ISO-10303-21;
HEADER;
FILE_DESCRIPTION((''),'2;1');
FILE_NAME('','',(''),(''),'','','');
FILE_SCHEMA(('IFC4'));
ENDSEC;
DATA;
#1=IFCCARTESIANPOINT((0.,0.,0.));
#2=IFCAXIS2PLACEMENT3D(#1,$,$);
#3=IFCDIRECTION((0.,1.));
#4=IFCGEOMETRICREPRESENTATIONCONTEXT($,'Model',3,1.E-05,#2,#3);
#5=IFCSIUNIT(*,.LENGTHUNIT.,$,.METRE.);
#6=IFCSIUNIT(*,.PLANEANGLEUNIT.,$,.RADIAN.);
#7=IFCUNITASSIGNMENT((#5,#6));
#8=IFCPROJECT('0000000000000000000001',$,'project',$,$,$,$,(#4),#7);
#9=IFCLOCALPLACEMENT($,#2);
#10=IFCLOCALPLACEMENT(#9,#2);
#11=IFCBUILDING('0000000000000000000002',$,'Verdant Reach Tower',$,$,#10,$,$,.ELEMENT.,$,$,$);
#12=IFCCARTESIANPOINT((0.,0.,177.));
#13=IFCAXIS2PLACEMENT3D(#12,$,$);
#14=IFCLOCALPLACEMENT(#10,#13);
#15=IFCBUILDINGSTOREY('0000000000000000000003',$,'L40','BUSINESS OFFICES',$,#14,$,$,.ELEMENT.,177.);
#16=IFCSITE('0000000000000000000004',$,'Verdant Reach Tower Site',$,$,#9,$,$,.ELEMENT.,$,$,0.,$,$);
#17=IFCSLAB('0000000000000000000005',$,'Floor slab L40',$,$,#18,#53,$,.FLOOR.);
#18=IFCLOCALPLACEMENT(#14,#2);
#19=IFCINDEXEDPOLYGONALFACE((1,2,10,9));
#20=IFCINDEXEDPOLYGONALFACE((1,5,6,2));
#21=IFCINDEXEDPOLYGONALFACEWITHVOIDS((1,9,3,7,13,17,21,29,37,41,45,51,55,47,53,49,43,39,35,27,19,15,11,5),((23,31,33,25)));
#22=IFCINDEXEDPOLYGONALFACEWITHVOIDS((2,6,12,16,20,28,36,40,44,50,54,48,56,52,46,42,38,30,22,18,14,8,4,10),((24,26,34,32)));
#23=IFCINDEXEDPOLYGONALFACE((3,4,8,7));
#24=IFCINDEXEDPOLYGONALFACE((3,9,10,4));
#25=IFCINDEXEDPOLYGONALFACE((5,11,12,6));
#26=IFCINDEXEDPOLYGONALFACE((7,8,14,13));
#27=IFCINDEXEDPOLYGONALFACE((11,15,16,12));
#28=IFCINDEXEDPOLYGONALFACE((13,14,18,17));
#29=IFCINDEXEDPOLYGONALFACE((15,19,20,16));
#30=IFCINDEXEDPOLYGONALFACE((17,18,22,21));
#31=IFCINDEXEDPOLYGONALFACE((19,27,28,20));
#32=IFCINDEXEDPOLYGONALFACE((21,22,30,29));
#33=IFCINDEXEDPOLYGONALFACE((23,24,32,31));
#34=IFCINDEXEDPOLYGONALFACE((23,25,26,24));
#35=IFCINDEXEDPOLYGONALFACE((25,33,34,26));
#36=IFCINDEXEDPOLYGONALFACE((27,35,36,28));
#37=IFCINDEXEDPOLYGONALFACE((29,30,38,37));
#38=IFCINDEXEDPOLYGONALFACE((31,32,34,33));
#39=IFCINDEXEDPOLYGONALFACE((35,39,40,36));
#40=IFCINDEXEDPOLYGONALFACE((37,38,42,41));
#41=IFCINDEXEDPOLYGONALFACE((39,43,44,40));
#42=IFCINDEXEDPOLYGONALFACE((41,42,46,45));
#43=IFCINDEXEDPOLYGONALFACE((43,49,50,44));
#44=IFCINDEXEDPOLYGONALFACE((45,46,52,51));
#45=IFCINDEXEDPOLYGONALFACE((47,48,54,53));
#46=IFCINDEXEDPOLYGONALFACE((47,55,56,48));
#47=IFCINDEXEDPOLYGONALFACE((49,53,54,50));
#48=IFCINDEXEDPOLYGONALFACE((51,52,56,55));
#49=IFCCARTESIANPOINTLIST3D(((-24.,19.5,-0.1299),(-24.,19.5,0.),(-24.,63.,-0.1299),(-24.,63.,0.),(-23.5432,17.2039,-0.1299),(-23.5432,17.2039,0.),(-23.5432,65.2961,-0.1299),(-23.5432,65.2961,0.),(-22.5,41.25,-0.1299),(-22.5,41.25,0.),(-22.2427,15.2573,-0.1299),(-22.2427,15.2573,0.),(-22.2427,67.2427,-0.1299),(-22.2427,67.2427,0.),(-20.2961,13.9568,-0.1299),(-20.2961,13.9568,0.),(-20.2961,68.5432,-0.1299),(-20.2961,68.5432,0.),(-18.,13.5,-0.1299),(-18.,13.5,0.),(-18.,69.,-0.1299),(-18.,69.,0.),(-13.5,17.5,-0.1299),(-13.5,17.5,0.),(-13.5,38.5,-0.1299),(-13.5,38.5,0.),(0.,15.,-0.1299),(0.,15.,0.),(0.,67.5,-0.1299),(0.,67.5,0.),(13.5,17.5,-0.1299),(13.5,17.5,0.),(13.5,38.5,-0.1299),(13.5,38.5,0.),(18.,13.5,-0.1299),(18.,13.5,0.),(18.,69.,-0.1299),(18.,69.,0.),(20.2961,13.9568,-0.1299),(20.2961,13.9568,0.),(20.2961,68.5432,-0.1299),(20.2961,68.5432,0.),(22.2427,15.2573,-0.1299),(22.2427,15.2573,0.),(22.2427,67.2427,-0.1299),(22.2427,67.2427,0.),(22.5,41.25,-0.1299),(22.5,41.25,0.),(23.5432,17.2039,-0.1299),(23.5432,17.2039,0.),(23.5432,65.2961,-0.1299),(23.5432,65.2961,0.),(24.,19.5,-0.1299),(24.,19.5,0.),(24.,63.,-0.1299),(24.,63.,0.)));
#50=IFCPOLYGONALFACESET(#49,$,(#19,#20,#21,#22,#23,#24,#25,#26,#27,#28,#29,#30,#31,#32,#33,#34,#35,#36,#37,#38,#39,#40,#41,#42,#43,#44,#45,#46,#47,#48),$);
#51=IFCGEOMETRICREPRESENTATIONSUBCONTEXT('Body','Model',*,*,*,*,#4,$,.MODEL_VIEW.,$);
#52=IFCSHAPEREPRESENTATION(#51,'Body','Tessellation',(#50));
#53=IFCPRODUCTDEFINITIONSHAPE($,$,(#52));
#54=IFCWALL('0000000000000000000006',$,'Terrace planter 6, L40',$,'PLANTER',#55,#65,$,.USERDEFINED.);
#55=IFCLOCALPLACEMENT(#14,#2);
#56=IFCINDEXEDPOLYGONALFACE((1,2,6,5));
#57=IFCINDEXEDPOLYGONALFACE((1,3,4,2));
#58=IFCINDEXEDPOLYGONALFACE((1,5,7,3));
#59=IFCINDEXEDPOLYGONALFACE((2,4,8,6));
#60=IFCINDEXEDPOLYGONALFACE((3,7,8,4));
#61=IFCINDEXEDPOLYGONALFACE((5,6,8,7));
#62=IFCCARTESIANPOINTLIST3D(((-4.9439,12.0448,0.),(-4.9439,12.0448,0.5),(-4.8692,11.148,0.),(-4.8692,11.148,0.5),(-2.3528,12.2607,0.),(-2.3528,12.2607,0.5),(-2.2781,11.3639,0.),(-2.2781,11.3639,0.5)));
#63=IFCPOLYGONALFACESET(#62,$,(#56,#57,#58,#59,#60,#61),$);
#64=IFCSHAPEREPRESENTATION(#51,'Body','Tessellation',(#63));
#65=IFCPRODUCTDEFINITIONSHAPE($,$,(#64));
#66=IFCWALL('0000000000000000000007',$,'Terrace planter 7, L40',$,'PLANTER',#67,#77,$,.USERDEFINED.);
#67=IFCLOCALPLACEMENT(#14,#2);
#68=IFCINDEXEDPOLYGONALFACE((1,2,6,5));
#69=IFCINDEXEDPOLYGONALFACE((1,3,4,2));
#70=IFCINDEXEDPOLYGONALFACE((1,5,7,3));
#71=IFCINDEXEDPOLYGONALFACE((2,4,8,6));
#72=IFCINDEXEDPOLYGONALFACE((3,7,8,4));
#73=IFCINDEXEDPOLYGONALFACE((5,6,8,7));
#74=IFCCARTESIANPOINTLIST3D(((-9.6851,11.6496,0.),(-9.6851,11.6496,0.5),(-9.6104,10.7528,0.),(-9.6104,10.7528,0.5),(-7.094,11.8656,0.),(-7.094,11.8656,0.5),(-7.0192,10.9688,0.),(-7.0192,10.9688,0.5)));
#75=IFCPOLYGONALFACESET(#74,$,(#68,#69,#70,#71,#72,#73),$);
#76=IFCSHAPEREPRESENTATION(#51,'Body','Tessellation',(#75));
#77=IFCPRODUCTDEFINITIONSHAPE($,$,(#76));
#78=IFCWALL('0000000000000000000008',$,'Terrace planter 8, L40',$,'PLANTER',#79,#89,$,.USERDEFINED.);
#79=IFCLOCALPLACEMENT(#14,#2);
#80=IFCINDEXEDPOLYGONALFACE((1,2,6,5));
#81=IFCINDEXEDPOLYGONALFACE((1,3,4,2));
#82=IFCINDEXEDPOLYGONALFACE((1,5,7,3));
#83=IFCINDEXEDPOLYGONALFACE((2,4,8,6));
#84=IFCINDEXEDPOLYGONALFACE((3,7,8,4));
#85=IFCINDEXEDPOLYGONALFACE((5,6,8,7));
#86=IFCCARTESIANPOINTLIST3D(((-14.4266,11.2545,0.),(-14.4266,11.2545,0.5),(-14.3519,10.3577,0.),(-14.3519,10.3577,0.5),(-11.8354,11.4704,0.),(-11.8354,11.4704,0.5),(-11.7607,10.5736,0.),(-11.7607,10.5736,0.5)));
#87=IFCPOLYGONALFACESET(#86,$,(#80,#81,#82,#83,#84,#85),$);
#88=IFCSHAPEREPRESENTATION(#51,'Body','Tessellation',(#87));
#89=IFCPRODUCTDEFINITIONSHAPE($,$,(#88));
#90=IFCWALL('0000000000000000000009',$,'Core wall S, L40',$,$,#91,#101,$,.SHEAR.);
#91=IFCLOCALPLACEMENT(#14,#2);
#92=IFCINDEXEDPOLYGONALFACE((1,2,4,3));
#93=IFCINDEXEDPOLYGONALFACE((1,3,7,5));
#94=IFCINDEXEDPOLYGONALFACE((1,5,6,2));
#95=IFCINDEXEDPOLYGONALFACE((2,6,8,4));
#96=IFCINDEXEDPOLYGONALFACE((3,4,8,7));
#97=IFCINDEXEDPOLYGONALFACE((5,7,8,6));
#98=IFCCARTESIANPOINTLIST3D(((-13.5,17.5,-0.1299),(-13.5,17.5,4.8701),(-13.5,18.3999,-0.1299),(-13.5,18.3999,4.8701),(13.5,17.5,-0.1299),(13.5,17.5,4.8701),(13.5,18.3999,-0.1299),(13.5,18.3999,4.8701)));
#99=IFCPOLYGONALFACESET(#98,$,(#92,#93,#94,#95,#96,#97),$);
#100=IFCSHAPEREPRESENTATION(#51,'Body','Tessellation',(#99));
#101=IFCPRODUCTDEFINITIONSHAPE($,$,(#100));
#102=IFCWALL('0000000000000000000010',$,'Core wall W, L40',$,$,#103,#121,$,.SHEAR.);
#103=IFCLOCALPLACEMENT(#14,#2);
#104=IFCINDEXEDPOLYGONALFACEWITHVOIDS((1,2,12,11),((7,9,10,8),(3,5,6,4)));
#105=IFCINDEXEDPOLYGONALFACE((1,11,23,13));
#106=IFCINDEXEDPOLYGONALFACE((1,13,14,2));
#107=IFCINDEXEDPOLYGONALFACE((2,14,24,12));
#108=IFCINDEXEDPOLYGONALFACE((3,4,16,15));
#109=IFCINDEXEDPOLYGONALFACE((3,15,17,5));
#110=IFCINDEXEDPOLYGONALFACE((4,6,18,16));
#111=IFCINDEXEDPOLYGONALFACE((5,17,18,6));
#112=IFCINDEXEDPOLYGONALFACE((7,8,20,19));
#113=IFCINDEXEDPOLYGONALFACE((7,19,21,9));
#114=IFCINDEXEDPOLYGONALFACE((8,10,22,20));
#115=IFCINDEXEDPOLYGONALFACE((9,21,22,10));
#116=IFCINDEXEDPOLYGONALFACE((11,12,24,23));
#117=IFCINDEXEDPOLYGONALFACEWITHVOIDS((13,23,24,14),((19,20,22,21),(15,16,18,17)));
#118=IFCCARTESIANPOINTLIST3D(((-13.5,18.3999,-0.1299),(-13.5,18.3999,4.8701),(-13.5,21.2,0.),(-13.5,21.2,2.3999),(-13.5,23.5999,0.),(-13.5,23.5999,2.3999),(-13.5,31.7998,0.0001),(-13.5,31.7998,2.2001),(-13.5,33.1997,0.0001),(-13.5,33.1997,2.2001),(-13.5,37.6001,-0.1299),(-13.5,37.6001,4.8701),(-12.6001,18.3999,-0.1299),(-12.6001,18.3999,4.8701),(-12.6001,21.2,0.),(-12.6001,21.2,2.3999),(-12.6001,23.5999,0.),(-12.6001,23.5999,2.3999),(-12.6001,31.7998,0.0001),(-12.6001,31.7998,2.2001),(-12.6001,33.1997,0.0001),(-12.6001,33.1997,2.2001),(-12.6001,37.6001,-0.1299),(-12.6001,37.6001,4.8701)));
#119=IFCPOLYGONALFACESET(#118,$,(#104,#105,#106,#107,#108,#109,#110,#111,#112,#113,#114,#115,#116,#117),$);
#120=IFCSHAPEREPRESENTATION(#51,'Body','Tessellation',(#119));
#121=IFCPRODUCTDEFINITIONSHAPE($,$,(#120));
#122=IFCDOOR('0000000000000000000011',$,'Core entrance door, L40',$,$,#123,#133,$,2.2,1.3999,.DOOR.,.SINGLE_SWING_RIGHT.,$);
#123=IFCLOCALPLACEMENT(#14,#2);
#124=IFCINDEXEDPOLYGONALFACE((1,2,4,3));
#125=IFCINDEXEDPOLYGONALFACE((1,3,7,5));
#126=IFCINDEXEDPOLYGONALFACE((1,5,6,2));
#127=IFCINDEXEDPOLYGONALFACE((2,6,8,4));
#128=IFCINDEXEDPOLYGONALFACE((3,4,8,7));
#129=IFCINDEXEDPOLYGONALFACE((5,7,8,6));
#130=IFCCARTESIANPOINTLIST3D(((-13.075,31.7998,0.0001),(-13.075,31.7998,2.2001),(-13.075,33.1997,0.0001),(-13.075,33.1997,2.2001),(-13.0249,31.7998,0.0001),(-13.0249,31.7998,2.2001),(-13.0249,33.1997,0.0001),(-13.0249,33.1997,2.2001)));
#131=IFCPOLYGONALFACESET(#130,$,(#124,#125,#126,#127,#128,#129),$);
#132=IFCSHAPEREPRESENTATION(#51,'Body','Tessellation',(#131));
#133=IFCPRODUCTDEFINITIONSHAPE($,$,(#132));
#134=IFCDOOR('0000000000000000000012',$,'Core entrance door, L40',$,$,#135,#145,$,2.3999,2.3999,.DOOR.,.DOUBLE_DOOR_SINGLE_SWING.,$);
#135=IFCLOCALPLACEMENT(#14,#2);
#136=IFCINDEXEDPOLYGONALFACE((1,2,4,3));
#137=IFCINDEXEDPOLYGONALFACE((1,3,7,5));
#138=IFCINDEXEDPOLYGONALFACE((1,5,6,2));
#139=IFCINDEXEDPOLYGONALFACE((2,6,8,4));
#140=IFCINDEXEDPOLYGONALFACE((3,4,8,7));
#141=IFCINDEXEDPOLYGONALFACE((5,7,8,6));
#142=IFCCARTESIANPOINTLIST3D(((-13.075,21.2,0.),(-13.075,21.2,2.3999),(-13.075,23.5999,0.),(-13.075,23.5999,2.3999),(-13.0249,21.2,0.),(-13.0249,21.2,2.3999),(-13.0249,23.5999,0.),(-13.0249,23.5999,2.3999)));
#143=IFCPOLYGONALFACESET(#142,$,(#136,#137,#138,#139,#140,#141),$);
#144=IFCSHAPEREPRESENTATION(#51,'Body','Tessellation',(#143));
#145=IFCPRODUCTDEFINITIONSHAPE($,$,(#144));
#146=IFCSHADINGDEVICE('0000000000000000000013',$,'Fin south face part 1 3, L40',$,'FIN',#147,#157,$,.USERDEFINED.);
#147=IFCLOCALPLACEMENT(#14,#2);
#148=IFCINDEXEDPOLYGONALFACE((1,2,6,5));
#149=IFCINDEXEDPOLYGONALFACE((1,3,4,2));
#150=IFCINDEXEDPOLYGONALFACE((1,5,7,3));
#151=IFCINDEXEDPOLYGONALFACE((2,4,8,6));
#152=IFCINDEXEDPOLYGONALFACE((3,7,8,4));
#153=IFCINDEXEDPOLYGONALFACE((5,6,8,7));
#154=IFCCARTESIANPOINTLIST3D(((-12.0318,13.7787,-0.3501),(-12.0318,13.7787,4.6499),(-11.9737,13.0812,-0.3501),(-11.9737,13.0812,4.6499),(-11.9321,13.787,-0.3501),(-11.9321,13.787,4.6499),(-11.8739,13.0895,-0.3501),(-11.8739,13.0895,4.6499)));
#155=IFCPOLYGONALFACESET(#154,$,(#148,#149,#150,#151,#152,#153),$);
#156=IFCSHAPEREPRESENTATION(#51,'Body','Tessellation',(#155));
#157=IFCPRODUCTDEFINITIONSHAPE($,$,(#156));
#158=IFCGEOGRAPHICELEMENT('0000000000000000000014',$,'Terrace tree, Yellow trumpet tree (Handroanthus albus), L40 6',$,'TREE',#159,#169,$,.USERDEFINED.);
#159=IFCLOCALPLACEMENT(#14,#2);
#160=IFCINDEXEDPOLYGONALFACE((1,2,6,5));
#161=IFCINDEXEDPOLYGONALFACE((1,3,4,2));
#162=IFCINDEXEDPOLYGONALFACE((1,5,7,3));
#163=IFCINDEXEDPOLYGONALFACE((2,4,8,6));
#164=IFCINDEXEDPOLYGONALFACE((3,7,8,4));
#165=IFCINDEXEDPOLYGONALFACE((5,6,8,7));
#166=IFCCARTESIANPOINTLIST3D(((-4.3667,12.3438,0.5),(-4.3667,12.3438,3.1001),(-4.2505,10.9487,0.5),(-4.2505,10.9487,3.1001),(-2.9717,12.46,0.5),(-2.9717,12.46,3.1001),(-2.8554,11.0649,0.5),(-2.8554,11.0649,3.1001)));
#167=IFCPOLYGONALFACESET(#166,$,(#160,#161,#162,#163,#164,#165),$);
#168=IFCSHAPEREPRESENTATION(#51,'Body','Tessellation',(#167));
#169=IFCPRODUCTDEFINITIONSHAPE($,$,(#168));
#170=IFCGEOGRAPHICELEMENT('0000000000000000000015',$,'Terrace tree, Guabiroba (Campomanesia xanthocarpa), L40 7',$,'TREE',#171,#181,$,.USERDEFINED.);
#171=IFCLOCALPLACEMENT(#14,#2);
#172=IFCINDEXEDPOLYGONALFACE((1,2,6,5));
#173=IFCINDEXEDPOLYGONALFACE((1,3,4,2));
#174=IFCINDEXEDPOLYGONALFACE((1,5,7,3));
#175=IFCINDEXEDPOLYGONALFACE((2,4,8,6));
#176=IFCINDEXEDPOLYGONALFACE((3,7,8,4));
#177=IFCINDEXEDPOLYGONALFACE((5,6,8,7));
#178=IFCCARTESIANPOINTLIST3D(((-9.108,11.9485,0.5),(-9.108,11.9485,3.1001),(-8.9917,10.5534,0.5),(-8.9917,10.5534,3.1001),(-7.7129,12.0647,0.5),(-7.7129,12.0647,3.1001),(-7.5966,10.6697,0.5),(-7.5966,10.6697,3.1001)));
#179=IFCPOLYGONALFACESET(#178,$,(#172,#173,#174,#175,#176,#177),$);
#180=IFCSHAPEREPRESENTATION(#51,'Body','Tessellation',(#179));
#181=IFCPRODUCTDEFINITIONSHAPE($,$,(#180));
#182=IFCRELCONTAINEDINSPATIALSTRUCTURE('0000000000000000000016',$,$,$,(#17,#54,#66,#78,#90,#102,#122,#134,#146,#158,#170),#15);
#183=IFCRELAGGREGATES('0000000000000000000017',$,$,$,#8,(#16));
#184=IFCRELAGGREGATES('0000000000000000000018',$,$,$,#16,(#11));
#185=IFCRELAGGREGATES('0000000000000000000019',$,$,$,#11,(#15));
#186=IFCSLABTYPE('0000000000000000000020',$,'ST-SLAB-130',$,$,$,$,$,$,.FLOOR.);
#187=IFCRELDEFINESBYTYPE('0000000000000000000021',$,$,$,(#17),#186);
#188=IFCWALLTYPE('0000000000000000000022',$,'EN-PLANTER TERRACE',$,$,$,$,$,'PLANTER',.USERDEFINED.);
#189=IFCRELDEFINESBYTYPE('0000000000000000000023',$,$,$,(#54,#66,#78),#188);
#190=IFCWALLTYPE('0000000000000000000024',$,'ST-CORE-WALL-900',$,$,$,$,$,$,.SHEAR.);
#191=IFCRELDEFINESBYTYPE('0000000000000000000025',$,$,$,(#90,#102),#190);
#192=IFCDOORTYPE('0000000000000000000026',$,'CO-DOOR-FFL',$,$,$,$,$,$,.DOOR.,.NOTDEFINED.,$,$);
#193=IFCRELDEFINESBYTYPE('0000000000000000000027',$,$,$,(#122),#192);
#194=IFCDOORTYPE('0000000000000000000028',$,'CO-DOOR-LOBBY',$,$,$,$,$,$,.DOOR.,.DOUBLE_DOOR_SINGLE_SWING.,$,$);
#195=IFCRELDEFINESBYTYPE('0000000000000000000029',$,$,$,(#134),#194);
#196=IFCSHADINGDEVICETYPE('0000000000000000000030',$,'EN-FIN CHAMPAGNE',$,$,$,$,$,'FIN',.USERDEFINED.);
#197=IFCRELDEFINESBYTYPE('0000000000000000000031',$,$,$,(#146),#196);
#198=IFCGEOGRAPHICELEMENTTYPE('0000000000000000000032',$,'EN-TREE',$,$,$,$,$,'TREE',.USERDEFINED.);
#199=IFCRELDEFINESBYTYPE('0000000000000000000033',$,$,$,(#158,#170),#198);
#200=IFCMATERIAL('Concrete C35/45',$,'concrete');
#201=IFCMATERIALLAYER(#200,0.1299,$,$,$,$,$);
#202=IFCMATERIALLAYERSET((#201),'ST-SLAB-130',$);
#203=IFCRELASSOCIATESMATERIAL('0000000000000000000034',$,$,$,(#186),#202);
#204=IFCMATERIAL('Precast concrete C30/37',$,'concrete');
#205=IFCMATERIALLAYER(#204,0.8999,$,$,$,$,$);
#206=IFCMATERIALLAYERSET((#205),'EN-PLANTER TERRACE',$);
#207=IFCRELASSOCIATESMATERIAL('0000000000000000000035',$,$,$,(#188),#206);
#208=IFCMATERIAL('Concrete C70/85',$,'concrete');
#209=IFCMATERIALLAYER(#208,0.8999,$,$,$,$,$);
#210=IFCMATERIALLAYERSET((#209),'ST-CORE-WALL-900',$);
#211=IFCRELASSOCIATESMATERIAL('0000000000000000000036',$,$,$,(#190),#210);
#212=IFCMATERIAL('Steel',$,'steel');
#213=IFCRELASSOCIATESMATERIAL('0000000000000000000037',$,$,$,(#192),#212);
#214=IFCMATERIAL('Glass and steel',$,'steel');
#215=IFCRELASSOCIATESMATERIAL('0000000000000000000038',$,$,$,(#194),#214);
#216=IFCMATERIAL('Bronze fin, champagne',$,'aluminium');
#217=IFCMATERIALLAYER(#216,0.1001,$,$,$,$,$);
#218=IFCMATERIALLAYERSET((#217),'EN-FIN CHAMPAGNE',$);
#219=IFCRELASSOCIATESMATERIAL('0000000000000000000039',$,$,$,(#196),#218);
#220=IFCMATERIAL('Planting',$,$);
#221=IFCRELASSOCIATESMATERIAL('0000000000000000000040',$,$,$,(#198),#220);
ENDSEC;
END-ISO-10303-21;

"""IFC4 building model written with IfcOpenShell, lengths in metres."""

from ifc_helpers import new_model, si_unit, direction, frame, frame_2d, origin, origin_2d, place, context, subcontext, project, spatial, polyline, rectangle, outline, extrude, material, layer, layer_set, type_object, element, fill, save


model = new_model("IFC4")

# Units and contexts
model_context = context("Model", 3, precision=1e-05, world=origin(), true_north=direction((0.0, 1.0)))
body_context = subcontext(model_context, "Body", "Model", "MODEL_VIEW")
ifc_project = project(units=[si_unit("LENGTHUNIT", "METRE"), si_unit("PLANEANGLEUNIT", "RADIAN")], contexts=[model_context])

# Site, building, storey
site_placement = place(None, origin())
site = spatial("IfcSite", under=ifc_project, at=site_placement, Name="Verdant Reach Tower Site", CompositionType="ELEMENT", RefElevation=0.0)
building_placement = place(site_placement, origin())
building = spatial("IfcBuilding", under=site, at=building_placement, Name="Verdant Reach Tower", CompositionType="ELEMENT")
storey_placement = place(building_placement, frame((0.0, 0.0, 177.0)))
storey = spatial("IfcBuildingStorey", under=building, at=storey_placement, Name="L40", Description="BUSINESS OFFICES", CompositionType="ELEMENT", Elevation=177.0)

# Slab
ifc_material_1 = material(Name="Concrete C35/45", Category="concrete")
ifc_layer_1 = layer(ifc_material_1, 0.1299)
ifc_layer_set_1 = layer_set([ifc_layer_1], Name="ST-SLAB-130")
slab_type = type_object("IfcSlabType", Name="ST-SLAB-130", PredefinedType="FLOOR", material=ifc_layer_set_1)
slab_placement = place(storey_placement, frame((0.0, 0.0, -0.1299)))
element("IfcSlab", 1, at=slab_placement, inside=storey, type_object=slab_type, Name="Floor slab L40", PredefinedType="FLOOR", context=body_context, shape_type="SweptSolid", body=[
    extrude(outline(polyline([(0.0, 15.0), (-18.0, 13.5), (-20.2961, 13.9568), (-22.2427, 15.2573), (-23.5432, 17.2039), (-24.0, 19.5), (-22.5, 41.25), (-24.0, 63.0), (-23.5432, 65.2961), (-22.2427, 67.2427), (-20.2961, 68.5432), (-18.0, 69.0), (0.0, 67.5), (18.0, 69.0), (20.2961, 68.5432), (22.2427, 67.2427), (23.5432, 65.2961), (24.0, 63.0), (22.5, 41.25), (24.0, 19.5), (23.5432, 17.2039), (22.2427, 15.2573), (20.2961, 13.9568), (18.0, 13.5), (0.0, 15.0)]), holes=[polyline([(13.5, 38.5), (-13.5, 38.5), (-13.5, 17.5), (13.5, 17.5), (13.5, 38.5)])]), origin(), (0.0, 0.0, 1.0), 0.1299),
])

# Walls
ifc_material_2 = material(Name="Precast concrete C30/37", Category="concrete")
ifc_layer_2 = layer(ifc_material_2, 0.8999)
ifc_layer_set_2 = layer_set([ifc_layer_2], Name="EN-PLANTER TERRACE")
wall_type_1 = type_object("IfcWallType", Name="EN-PLANTER TERRACE", ElementType="PLANTER", PredefinedType="USERDEFINED", material=ifc_layer_set_2)
for number, where, z_axis, x_axis, name in (
    (2, (-2.3154, 11.8123, 0.0), (0.0, 0.0, 1.0), (-0.996549, -0.083007, 0.0), "Terrace planter 6, L40"),
    (3, (-7.0566, 11.4172, 0.0), (0.0, 0.0, 1.0), (-0.996541, -0.0831, 0.0), "Terrace planter 7, L40"),
    (4, (-11.7981, 11.022, 0.0), (0.0, 0.0, 1.0), (-0.996549, -0.083007, 0.0), "Terrace planter 8, L40"),
):
    element("IfcWall", number, at=place(storey_placement, frame(where, z_axis=z_axis, x_axis=x_axis)), inside=storey, type_object=wall_type_1, Name=name, ObjectType="PLANTER", PredefinedType="USERDEFINED", context=body_context, shape_type="SweptSolid", body=[
        extrude(rectangle(XDim=2.6001, YDim=0.8999, at=frame_2d((1.3, 0.0))), origin(), (0.0, 0.0, 1.0), 0.5),
    ])
ifc_material_3 = material(Name="Concrete C70/85", Category="concrete")
ifc_layer_3 = layer(ifc_material_3, 0.8999)
ifc_layer_set_3 = layer_set([ifc_layer_3], Name="ST-CORE-WALL-900")
wall_type_2 = type_object("IfcWallType", Name="ST-CORE-WALL-900", PredefinedType="SHEAR", material=ifc_layer_set_3)
wall_1_placement = place(storey_placement, frame((-13.5, 17.95, -0.1299), z_axis=(0.0, 0.0, 1.0), x_axis=(1.0, 0.0, 0.0)))
element("IfcWall", 5, at=wall_1_placement, inside=storey, type_object=wall_type_2, Name="Core wall S, L40", PredefinedType="SHEAR", context=body_context, shape_type="SweptSolid", body=[
    extrude(rectangle(XDim=27.0, YDim=0.8999, at=frame_2d((13.5, 0.0))), origin(), (0.0, 0.0, 1.0), 5.0),
])

# Wall, openings, doors
wall_2_placement = place(storey_placement, frame((-13.05, 18.3999, -0.1299), z_axis=(0.0, 0.0, 1.0), x_axis=(0.0, 1.0, 0.0)))
wall_2 = element("IfcWall", 6, at=wall_2_placement, inside=storey, type_object=wall_type_2, Name="Core wall W, L40", PredefinedType="SHEAR", context=body_context, shape_type="SweptSolid", body=[
    extrude(rectangle(XDim=19.2002, YDim=0.8999, at=frame_2d((9.6001, 0.0))), origin(), (0.0, 0.0, 1.0), 5.0),
])
opening_1_placement = place(wall_2_placement, frame((2.8, 0.0, 0.1299)))
opening_1 = element("IfcOpeningElement", 7, at=opening_1_placement, cuts=wall_2, PredefinedType="OPENING", context=body_context, shape_type="SweptSolid", body=[
    extrude(rectangle(XDim=2.3999, YDim=2.3999, at=frame_2d((1.2, 1.2))), frame((0.0, 0.46, 0.0), z_axis=(0.0, -1.0, 0.0), x_axis=(1.0, 0.0, 0.0)), (0.0, 0.0, 1.0), 0.9199),
])
opening_2_placement = place(wall_2_placement, frame((13.3999, 0.0, 0.1299)))
opening_2 = element("IfcOpeningElement", 8, at=opening_2_placement, cuts=wall_2, PredefinedType="OPENING", context=body_context, shape_type="SweptSolid", body=[
    extrude(rectangle(XDim=1.3999, YDim=2.2, at=frame_2d((0.7, 1.1001))), frame((0.0, 0.46, 0.0), z_axis=(0.0, -1.0, 0.0), x_axis=(1.0, 0.0, 0.0)), (0.0, 0.0, 1.0), 0.9199),
])
ifc_material_4 = material(Name="Steel", Category="steel")
door_type_1 = type_object("IfcDoorType", Name="CO-DOOR-FFL", OperationType="NOTDEFINED", PredefinedType="DOOR", material=ifc_material_4)
door_1_placement = place(opening_2_placement, origin())
door_1 = element("IfcDoor", 9, at=door_1_placement, inside=storey, type_object=door_type_1, Name="Core entrance door, L40", OperationType="SINGLE_SWING_RIGHT", OverallHeight=2.2, OverallWidth=1.3999, PredefinedType="DOOR", context=body_context, shape_type="SweptSolid", body=[
    extrude(rectangle(XDim=1.3999, YDim=2.2, at=frame_2d((0.7, 1.1001))), frame((0.0, 0.0249, 0.0), z_axis=(0.0, -1.0, 0.0), x_axis=(1.0, 0.0, 0.0)), (0.0, 0.0, 1.0), 0.05),
])
fill(opening_2, door_1)
ifc_material_5 = material(Name="Glass and steel", Category="steel")
door_type_2 = type_object("IfcDoorType", Name="CO-DOOR-LOBBY", OperationType="DOUBLE_DOOR_SINGLE_SWING", PredefinedType="DOOR", material=ifc_material_5)
door_2_placement = place(opening_1_placement, origin())
door_2 = element("IfcDoor", 10, at=door_2_placement, inside=storey, type_object=door_type_2, Name="Core entrance door, L40", OperationType="DOUBLE_DOOR_SINGLE_SWING", OverallHeight=2.3999, OverallWidth=2.3999, PredefinedType="DOOR", context=body_context, shape_type="SweptSolid", body=[
    extrude(rectangle(XDim=2.3999, YDim=2.3999, at=frame_2d((1.2, 1.2))), frame((0.0, 0.0249, 0.0), z_axis=(0.0, -1.0, 0.0), x_axis=(1.0, 0.0, 0.0)), (0.0, 0.0, 1.0), 0.05),
])
fill(opening_1, door_2)

# Shading device
ifc_material_6 = material(Name="Bronze fin, champagne", Category="aluminium")
ifc_layer_4 = layer(ifc_material_6, 0.1001)
ifc_layer_set_4 = layer_set([ifc_layer_4], Name="EN-FIN CHAMPAGNE")
shading_device_type = type_object("IfcShadingDeviceType", Name="EN-FIN CHAMPAGNE", ElementType="FIN", PredefinedType="USERDEFINED", material=ifc_layer_set_4)
shading_device_placement = place(storey_placement, frame((-11.9529, 13.4341, -0.3501), z_axis=(0.0, 0.0, 1.0), x_axis=(0.996546, 0.083045, 0.0)))
element("IfcShadingDevice", 11, at=shading_device_placement, inside=storey, type_object=shading_device_type, Name="Fin south face part 1 3, L40", ObjectType="FIN", PredefinedType="USERDEFINED", context=body_context, shape_type="SweptSolid", body=[
    extrude(rectangle(XDim=0.1001, YDim=0.7, at=origin_2d()), origin(), (0.0, 0.0, 1.0), 5.0),
])

# Geographic elements
ifc_material_7 = material(Name="Planting")
geographic_element_type = type_object("IfcGeographicElementType", Name="EN-TREE", ElementType="TREE", PredefinedType="USERDEFINED", material=ifc_material_7)
for number, where, z_axis, x_axis, name in (
    (12, (-3.6111, 11.7043, 0.5), (0.0, 0.0, 1.0), (-0.996546, -0.083045, 0.0), "Terrace tree, Yellow trumpet tree (Handroanthus albus), L40 6"),
    (13, (-8.3523, 11.3091, 0.5), (0.0, 0.0, 1.0), (-0.996546, -0.083045, 0.0), "Terrace tree, Guabiroba (Campomanesia xanthocarpa), L40 7"),
):
    element("IfcGeographicElement", number, at=place(storey_placement, frame(where, z_axis=z_axis, x_axis=x_axis)), inside=storey, type_object=geographic_element_type, Name=name, ObjectType="TREE", PredefinedType="USERDEFINED", context=body_context, shape_type="SweptSolid", body=[
        extrude(rectangle(XDim=1.3999, YDim=1.3999, at=origin_2d()), origin(), (0.0, 0.0, 1.0), 2.6001),
    ])

save(model, "model.ifc")
